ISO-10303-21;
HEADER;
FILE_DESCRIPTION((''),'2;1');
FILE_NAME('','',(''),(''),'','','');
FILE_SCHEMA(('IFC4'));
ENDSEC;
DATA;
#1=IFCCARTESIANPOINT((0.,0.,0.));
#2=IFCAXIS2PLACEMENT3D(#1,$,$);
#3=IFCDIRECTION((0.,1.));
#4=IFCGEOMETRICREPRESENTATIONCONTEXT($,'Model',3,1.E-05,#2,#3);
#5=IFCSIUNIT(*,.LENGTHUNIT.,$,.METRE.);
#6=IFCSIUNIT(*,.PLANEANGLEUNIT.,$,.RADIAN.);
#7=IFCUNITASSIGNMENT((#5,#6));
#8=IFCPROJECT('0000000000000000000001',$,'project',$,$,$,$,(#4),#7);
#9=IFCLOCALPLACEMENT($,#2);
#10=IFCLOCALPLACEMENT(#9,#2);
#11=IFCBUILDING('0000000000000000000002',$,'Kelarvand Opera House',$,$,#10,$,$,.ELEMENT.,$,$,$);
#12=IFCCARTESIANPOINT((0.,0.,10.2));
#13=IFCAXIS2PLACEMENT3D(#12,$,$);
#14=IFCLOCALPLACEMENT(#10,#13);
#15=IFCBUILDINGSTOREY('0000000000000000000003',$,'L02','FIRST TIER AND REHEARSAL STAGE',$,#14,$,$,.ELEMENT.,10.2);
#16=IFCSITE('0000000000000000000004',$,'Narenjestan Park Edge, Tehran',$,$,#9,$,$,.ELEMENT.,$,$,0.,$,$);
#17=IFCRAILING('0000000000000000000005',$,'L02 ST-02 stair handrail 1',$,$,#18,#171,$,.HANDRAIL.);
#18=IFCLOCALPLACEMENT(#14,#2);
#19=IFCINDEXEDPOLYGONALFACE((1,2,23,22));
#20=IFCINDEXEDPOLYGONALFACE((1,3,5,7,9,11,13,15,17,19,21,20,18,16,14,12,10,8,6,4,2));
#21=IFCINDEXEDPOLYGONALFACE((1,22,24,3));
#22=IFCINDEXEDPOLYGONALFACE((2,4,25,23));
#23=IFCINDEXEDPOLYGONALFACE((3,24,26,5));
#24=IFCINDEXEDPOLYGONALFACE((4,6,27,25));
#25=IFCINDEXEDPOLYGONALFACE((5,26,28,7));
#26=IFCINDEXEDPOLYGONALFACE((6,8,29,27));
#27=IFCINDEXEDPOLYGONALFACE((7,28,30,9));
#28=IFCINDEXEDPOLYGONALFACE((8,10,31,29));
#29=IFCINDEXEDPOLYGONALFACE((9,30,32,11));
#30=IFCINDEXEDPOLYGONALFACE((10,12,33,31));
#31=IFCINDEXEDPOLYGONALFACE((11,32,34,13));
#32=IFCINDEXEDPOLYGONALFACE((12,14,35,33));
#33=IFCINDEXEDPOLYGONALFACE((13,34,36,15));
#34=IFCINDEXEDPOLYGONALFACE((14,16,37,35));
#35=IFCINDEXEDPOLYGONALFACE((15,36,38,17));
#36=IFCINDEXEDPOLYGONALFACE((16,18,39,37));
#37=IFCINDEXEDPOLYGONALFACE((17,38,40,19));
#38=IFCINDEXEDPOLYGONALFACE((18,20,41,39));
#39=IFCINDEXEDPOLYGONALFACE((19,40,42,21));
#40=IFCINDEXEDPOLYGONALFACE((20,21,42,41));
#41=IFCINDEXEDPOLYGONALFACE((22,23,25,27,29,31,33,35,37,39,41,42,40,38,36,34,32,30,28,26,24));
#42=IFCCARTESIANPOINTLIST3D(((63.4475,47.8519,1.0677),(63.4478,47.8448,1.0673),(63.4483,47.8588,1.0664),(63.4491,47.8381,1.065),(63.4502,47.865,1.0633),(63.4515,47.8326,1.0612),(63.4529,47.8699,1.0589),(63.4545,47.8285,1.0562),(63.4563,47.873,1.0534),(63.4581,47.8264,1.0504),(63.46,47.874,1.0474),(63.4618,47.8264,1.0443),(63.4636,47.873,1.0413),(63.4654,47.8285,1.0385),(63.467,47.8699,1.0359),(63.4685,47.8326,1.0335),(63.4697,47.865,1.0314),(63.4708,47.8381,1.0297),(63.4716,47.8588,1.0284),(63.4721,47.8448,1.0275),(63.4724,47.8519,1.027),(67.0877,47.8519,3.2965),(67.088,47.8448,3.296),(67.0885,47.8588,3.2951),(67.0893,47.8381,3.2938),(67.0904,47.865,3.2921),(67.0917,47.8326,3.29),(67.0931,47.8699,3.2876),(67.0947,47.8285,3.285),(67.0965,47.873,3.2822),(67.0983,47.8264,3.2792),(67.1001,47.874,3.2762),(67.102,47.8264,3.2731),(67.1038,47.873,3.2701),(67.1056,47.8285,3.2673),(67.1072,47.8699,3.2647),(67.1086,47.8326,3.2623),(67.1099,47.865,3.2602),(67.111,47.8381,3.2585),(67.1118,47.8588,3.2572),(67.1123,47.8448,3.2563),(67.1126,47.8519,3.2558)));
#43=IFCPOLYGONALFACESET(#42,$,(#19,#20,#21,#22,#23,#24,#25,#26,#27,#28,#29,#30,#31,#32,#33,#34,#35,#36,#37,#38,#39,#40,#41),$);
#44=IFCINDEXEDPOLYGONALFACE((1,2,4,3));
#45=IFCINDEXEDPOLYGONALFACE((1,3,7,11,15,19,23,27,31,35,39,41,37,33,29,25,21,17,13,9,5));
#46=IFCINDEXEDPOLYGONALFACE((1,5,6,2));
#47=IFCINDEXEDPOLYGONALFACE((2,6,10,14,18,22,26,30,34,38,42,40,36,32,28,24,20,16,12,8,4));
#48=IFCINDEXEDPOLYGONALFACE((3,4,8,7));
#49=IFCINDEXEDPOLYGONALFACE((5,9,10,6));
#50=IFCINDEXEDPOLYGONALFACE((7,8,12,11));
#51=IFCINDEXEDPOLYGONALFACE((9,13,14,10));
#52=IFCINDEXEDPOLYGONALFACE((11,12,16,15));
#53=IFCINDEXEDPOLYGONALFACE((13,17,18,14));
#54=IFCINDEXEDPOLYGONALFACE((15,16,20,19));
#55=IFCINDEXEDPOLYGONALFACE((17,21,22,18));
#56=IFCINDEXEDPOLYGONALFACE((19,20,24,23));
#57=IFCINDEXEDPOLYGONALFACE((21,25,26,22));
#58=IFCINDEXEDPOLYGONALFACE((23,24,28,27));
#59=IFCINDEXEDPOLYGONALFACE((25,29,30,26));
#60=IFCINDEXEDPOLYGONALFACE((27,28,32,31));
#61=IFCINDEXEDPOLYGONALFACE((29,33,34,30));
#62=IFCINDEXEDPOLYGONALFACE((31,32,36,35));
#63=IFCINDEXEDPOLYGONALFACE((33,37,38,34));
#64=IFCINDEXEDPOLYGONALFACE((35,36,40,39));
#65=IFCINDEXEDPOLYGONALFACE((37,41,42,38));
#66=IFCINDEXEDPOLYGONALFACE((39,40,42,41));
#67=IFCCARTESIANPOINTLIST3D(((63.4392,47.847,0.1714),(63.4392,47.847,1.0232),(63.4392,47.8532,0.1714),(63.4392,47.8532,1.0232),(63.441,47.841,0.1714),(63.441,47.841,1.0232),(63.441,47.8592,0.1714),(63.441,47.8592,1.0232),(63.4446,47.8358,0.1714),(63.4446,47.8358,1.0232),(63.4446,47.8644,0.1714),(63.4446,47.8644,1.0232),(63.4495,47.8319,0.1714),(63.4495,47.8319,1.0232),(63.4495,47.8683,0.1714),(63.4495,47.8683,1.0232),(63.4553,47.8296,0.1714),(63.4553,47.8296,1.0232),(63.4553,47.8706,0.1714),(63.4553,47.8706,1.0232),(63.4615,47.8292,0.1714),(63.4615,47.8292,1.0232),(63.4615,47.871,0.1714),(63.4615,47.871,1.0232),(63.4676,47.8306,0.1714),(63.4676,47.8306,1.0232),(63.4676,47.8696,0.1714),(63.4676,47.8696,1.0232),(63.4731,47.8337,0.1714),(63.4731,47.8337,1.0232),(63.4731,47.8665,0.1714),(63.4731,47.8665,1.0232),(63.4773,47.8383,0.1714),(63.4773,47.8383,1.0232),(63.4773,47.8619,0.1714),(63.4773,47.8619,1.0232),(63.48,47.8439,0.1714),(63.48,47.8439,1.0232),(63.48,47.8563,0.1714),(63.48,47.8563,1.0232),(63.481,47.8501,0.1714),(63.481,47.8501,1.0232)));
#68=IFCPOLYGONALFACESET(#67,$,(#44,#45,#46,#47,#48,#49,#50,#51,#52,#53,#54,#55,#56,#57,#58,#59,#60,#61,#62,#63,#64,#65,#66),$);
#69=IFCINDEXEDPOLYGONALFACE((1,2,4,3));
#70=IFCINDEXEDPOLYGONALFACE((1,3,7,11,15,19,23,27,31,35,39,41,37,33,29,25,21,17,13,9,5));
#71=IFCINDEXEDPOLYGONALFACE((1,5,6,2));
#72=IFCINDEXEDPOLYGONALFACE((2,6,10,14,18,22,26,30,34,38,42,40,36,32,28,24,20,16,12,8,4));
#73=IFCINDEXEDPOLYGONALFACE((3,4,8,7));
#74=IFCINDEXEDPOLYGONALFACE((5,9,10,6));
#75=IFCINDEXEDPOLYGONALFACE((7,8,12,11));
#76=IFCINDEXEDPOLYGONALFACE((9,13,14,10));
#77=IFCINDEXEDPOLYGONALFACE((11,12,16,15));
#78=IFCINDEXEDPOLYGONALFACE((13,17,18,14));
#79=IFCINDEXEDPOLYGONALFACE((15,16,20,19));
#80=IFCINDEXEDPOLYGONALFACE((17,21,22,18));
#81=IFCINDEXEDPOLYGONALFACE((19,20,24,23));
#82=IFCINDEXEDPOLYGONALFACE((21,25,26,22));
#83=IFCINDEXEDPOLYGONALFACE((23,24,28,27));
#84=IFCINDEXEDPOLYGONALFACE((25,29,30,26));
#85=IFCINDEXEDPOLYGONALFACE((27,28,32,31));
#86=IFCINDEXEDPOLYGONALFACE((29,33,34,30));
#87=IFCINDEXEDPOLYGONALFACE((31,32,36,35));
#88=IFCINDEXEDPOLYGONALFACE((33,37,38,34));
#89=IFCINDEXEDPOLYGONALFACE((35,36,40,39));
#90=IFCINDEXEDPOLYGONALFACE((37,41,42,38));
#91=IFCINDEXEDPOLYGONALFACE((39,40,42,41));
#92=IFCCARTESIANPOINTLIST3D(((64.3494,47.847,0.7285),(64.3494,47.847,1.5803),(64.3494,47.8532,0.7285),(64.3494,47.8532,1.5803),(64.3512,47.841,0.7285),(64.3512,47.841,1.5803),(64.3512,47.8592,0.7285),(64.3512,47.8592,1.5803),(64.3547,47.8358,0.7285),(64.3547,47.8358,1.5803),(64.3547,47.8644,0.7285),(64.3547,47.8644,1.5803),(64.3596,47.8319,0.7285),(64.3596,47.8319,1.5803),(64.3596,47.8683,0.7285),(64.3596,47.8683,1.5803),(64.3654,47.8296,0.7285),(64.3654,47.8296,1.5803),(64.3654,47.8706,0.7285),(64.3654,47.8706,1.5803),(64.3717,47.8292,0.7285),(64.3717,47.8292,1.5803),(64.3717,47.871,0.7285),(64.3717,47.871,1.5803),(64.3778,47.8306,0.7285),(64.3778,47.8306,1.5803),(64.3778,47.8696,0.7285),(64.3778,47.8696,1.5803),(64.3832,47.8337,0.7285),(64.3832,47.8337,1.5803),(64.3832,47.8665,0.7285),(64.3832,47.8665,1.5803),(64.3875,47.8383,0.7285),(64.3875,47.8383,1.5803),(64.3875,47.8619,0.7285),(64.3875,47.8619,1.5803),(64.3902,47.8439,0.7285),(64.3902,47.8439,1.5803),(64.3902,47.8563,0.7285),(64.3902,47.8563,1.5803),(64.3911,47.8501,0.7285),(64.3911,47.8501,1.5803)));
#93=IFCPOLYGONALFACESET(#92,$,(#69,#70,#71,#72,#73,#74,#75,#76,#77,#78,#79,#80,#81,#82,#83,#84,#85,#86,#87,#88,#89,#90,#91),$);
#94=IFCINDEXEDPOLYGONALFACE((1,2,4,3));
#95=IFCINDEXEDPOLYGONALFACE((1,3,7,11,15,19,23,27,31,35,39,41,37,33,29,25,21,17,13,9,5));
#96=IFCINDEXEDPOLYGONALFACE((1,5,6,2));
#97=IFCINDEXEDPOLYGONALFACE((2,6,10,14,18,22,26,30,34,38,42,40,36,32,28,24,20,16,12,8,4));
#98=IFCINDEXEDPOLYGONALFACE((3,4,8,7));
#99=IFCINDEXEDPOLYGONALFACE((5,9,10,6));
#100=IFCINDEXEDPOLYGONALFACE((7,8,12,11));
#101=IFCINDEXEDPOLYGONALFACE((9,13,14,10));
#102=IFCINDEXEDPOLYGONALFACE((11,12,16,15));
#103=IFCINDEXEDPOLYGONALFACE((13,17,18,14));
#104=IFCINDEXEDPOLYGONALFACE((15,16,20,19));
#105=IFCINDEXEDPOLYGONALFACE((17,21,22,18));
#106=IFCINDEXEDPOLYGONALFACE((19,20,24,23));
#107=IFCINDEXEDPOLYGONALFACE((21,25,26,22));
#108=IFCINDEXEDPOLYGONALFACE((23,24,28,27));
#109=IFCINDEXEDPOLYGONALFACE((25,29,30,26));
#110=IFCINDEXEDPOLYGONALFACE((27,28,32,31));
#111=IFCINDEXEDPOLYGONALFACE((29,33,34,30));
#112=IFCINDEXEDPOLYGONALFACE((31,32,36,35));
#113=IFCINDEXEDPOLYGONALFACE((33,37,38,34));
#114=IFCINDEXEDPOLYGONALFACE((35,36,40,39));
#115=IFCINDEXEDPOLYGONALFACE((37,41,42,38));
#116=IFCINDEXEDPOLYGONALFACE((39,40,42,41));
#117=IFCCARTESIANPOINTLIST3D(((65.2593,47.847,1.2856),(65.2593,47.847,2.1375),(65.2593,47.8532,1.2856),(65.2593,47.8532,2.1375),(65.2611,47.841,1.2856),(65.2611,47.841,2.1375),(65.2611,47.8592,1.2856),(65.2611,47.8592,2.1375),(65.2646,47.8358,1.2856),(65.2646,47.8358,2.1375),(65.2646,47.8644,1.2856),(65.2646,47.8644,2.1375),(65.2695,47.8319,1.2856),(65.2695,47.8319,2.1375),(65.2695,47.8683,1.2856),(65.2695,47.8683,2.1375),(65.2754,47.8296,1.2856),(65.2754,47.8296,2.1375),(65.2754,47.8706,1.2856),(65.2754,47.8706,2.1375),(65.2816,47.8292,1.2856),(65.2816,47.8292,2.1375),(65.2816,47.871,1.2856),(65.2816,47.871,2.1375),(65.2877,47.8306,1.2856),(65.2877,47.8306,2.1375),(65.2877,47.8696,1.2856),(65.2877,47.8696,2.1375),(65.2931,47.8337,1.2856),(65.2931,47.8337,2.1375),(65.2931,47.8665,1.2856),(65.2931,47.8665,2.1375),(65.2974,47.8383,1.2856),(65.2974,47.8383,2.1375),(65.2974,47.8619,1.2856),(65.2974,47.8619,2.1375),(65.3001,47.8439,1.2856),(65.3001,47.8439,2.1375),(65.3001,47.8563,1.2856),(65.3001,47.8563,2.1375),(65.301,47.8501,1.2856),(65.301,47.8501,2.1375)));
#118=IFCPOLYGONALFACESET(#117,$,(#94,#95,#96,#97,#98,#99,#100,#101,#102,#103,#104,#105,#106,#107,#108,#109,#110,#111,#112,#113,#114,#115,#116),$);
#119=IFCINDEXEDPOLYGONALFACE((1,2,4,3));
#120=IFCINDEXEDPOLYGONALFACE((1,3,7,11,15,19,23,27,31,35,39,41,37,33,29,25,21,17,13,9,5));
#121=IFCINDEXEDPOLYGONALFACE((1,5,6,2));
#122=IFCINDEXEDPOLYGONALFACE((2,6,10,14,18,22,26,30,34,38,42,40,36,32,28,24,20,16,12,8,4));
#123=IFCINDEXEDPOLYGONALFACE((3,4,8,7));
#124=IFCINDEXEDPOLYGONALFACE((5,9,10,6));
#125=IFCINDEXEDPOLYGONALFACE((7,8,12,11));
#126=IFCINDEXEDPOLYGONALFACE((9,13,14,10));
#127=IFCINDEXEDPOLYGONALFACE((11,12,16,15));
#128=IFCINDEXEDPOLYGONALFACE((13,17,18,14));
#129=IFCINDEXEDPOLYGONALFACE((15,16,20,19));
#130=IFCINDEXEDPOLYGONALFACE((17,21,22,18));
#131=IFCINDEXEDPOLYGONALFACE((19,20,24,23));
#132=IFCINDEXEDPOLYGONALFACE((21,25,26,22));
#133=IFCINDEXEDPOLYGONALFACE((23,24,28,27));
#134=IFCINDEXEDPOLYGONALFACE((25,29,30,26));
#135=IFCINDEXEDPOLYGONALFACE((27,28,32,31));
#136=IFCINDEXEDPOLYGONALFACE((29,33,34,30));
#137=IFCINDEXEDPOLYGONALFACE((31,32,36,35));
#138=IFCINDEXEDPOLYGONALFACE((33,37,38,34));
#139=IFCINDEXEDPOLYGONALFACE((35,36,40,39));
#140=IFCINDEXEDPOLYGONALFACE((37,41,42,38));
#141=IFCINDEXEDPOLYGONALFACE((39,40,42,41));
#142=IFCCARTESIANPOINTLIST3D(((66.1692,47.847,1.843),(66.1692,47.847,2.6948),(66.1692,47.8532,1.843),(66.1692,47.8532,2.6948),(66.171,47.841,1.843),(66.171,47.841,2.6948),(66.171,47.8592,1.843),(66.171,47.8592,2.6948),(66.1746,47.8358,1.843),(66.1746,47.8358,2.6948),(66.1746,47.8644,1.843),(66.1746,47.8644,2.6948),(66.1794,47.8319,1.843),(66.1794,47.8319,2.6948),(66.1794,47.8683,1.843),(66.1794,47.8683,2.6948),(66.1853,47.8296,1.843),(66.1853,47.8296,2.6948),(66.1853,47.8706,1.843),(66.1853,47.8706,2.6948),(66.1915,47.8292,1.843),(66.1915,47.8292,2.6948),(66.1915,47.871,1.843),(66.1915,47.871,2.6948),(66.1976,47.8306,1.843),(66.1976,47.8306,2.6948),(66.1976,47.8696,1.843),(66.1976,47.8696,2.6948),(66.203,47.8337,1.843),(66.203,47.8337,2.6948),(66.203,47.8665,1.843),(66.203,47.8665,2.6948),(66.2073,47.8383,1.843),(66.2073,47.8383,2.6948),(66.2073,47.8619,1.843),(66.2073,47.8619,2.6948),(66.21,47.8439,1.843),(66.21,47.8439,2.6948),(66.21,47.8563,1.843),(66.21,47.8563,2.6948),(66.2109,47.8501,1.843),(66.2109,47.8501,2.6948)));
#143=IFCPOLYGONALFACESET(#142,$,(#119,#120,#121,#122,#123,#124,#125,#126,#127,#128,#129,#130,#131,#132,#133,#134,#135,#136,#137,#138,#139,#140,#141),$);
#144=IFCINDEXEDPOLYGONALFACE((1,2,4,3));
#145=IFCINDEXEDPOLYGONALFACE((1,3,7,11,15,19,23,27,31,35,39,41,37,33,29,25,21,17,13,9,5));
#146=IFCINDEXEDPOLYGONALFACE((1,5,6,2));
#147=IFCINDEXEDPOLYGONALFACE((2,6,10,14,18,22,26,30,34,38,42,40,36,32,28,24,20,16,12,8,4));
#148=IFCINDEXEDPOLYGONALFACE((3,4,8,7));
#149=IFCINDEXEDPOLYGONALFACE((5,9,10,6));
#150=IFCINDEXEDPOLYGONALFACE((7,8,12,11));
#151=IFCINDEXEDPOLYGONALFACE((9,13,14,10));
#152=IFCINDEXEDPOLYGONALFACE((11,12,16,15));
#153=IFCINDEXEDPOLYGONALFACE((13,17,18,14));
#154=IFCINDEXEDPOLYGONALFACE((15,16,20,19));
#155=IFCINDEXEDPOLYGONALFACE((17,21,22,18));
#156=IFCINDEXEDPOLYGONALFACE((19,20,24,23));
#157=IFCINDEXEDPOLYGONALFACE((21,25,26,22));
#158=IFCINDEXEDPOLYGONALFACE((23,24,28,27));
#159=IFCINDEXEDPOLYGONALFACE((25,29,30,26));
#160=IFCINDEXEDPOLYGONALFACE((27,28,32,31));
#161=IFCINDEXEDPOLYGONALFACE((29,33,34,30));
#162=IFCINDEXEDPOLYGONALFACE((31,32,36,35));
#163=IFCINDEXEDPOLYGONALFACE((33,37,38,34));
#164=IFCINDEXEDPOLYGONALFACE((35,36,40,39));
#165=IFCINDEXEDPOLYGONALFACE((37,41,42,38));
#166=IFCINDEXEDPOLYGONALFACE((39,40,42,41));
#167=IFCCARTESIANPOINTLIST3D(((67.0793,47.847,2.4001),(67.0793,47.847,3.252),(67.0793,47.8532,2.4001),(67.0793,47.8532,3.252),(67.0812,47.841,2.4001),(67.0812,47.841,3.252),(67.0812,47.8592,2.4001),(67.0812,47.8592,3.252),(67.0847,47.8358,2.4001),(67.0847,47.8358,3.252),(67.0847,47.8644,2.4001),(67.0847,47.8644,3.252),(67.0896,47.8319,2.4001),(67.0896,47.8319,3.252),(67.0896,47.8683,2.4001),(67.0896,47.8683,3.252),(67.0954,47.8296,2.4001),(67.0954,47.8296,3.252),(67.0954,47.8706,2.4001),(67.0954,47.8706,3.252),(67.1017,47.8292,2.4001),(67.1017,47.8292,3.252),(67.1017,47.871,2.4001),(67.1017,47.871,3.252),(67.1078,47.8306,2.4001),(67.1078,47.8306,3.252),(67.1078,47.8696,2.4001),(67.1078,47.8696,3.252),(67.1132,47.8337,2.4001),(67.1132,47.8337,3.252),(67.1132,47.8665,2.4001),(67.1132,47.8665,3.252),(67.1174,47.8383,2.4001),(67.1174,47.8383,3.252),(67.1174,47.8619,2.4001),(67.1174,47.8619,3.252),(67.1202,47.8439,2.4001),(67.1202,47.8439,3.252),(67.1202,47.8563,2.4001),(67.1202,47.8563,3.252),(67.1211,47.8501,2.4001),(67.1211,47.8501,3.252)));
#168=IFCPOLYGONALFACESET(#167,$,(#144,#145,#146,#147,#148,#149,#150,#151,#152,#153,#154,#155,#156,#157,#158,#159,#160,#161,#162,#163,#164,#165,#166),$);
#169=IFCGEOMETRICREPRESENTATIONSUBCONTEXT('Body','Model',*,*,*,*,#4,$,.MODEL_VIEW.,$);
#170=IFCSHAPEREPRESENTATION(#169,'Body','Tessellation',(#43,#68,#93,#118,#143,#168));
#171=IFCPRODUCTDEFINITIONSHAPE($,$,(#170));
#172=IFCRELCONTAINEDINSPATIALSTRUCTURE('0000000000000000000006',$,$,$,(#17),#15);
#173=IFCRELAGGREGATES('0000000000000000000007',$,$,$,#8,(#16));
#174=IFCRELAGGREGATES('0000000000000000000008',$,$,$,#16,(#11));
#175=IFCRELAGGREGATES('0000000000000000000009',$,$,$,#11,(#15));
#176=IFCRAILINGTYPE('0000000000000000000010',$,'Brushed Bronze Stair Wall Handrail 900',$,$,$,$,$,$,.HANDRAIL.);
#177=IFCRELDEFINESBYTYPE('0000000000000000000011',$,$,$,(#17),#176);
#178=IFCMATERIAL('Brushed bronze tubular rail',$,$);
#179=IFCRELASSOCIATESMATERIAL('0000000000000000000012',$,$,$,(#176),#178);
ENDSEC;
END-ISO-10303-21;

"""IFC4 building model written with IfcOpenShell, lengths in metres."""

from ifc_helpers import new_model, si_unit, direction, frame, origin, origin_2d, place, context, subcontext, project, spatial, circle, extrude, material, type_object, element, save


model = new_model("IFC4")

# Units and contexts
model_context = context("Model", 3, precision=1e-05, world=origin(), true_north=direction((0.0, 1.0)))
body_context = subcontext(model_context, "Body", "Model", "MODEL_VIEW")
ifc_project = project(units=[si_unit("LENGTHUNIT", "METRE"), si_unit("PLANEANGLEUNIT", "RADIAN")], contexts=[model_context])

# Site, building, storey
site_placement = place(None, origin())
site = spatial("IfcSite", under=ifc_project, at=site_placement, Name="Narenjestan Park Edge, Tehran", CompositionType="ELEMENT", RefElevation=0.0)
building_placement = place(site_placement, origin())
building = spatial("IfcBuilding", under=site, at=building_placement, Name="Kelarvand Opera House", CompositionType="ELEMENT")
storey_placement = place(building_placement, frame((0.0, 0.0, 10.2)))
storey = spatial("IfcBuildingStorey", under=building, at=storey_placement, Name="L02", Description="FIRST TIER AND REHEARSAL STAGE", CompositionType="ELEMENT", Elevation=10.2)

# Railing
ifc_material_1 = material(Name="Brushed bronze tubular rail")
railing_type = type_object("IfcRailingType", Name="Brushed Bronze Stair Wall Handrail 900", PredefinedType="HANDRAIL", material=ifc_material_1)
railing_placement = place(storey_placement, frame((63.46, 47.8501, 0.1714)))
element("IfcRailing", 1, at=railing_placement, inside=storey, type_object=railing_type, Name="L02 ST-02 stair handrail 1", PredefinedType="HANDRAIL", context=body_context, shape_type="SweptSolid", body=[
    extrude(circle(Radius=0.0239, at=origin_2d()), frame((0.0, 0.0, 0.876), z_axis=(0.85284, 0.0, 0.522172), x_axis=(0.0, 1.0, 0.0)), (0.0, 0.0, 1.0), 4.2683),
    extrude(circle(Radius=0.021, at=origin_2d()), origin(), (0.0, 0.0, 1.0), 0.8518),
    extrude(circle(Radius=0.021, at=origin_2d()), frame((0.9102, 0.0, 0.5571)), (0.0, 0.0, 1.0), 0.8518),
    extrude(circle(Radius=0.021, at=origin_2d()), frame((1.8201, 0.0, 1.1143)), (0.0, 0.0, 1.0), 0.8518),
    extrude(circle(Radius=0.021, at=origin_2d()), frame((2.73, 0.0, 1.6716)), (0.0, 0.0, 1.0), 0.8518),
    extrude(circle(Radius=0.021, at=origin_2d()), frame((3.6401, 0.0, 2.2288)), (0.0, 0.0, 1.0), 0.8518),
])

save(model, "model.ifc")
